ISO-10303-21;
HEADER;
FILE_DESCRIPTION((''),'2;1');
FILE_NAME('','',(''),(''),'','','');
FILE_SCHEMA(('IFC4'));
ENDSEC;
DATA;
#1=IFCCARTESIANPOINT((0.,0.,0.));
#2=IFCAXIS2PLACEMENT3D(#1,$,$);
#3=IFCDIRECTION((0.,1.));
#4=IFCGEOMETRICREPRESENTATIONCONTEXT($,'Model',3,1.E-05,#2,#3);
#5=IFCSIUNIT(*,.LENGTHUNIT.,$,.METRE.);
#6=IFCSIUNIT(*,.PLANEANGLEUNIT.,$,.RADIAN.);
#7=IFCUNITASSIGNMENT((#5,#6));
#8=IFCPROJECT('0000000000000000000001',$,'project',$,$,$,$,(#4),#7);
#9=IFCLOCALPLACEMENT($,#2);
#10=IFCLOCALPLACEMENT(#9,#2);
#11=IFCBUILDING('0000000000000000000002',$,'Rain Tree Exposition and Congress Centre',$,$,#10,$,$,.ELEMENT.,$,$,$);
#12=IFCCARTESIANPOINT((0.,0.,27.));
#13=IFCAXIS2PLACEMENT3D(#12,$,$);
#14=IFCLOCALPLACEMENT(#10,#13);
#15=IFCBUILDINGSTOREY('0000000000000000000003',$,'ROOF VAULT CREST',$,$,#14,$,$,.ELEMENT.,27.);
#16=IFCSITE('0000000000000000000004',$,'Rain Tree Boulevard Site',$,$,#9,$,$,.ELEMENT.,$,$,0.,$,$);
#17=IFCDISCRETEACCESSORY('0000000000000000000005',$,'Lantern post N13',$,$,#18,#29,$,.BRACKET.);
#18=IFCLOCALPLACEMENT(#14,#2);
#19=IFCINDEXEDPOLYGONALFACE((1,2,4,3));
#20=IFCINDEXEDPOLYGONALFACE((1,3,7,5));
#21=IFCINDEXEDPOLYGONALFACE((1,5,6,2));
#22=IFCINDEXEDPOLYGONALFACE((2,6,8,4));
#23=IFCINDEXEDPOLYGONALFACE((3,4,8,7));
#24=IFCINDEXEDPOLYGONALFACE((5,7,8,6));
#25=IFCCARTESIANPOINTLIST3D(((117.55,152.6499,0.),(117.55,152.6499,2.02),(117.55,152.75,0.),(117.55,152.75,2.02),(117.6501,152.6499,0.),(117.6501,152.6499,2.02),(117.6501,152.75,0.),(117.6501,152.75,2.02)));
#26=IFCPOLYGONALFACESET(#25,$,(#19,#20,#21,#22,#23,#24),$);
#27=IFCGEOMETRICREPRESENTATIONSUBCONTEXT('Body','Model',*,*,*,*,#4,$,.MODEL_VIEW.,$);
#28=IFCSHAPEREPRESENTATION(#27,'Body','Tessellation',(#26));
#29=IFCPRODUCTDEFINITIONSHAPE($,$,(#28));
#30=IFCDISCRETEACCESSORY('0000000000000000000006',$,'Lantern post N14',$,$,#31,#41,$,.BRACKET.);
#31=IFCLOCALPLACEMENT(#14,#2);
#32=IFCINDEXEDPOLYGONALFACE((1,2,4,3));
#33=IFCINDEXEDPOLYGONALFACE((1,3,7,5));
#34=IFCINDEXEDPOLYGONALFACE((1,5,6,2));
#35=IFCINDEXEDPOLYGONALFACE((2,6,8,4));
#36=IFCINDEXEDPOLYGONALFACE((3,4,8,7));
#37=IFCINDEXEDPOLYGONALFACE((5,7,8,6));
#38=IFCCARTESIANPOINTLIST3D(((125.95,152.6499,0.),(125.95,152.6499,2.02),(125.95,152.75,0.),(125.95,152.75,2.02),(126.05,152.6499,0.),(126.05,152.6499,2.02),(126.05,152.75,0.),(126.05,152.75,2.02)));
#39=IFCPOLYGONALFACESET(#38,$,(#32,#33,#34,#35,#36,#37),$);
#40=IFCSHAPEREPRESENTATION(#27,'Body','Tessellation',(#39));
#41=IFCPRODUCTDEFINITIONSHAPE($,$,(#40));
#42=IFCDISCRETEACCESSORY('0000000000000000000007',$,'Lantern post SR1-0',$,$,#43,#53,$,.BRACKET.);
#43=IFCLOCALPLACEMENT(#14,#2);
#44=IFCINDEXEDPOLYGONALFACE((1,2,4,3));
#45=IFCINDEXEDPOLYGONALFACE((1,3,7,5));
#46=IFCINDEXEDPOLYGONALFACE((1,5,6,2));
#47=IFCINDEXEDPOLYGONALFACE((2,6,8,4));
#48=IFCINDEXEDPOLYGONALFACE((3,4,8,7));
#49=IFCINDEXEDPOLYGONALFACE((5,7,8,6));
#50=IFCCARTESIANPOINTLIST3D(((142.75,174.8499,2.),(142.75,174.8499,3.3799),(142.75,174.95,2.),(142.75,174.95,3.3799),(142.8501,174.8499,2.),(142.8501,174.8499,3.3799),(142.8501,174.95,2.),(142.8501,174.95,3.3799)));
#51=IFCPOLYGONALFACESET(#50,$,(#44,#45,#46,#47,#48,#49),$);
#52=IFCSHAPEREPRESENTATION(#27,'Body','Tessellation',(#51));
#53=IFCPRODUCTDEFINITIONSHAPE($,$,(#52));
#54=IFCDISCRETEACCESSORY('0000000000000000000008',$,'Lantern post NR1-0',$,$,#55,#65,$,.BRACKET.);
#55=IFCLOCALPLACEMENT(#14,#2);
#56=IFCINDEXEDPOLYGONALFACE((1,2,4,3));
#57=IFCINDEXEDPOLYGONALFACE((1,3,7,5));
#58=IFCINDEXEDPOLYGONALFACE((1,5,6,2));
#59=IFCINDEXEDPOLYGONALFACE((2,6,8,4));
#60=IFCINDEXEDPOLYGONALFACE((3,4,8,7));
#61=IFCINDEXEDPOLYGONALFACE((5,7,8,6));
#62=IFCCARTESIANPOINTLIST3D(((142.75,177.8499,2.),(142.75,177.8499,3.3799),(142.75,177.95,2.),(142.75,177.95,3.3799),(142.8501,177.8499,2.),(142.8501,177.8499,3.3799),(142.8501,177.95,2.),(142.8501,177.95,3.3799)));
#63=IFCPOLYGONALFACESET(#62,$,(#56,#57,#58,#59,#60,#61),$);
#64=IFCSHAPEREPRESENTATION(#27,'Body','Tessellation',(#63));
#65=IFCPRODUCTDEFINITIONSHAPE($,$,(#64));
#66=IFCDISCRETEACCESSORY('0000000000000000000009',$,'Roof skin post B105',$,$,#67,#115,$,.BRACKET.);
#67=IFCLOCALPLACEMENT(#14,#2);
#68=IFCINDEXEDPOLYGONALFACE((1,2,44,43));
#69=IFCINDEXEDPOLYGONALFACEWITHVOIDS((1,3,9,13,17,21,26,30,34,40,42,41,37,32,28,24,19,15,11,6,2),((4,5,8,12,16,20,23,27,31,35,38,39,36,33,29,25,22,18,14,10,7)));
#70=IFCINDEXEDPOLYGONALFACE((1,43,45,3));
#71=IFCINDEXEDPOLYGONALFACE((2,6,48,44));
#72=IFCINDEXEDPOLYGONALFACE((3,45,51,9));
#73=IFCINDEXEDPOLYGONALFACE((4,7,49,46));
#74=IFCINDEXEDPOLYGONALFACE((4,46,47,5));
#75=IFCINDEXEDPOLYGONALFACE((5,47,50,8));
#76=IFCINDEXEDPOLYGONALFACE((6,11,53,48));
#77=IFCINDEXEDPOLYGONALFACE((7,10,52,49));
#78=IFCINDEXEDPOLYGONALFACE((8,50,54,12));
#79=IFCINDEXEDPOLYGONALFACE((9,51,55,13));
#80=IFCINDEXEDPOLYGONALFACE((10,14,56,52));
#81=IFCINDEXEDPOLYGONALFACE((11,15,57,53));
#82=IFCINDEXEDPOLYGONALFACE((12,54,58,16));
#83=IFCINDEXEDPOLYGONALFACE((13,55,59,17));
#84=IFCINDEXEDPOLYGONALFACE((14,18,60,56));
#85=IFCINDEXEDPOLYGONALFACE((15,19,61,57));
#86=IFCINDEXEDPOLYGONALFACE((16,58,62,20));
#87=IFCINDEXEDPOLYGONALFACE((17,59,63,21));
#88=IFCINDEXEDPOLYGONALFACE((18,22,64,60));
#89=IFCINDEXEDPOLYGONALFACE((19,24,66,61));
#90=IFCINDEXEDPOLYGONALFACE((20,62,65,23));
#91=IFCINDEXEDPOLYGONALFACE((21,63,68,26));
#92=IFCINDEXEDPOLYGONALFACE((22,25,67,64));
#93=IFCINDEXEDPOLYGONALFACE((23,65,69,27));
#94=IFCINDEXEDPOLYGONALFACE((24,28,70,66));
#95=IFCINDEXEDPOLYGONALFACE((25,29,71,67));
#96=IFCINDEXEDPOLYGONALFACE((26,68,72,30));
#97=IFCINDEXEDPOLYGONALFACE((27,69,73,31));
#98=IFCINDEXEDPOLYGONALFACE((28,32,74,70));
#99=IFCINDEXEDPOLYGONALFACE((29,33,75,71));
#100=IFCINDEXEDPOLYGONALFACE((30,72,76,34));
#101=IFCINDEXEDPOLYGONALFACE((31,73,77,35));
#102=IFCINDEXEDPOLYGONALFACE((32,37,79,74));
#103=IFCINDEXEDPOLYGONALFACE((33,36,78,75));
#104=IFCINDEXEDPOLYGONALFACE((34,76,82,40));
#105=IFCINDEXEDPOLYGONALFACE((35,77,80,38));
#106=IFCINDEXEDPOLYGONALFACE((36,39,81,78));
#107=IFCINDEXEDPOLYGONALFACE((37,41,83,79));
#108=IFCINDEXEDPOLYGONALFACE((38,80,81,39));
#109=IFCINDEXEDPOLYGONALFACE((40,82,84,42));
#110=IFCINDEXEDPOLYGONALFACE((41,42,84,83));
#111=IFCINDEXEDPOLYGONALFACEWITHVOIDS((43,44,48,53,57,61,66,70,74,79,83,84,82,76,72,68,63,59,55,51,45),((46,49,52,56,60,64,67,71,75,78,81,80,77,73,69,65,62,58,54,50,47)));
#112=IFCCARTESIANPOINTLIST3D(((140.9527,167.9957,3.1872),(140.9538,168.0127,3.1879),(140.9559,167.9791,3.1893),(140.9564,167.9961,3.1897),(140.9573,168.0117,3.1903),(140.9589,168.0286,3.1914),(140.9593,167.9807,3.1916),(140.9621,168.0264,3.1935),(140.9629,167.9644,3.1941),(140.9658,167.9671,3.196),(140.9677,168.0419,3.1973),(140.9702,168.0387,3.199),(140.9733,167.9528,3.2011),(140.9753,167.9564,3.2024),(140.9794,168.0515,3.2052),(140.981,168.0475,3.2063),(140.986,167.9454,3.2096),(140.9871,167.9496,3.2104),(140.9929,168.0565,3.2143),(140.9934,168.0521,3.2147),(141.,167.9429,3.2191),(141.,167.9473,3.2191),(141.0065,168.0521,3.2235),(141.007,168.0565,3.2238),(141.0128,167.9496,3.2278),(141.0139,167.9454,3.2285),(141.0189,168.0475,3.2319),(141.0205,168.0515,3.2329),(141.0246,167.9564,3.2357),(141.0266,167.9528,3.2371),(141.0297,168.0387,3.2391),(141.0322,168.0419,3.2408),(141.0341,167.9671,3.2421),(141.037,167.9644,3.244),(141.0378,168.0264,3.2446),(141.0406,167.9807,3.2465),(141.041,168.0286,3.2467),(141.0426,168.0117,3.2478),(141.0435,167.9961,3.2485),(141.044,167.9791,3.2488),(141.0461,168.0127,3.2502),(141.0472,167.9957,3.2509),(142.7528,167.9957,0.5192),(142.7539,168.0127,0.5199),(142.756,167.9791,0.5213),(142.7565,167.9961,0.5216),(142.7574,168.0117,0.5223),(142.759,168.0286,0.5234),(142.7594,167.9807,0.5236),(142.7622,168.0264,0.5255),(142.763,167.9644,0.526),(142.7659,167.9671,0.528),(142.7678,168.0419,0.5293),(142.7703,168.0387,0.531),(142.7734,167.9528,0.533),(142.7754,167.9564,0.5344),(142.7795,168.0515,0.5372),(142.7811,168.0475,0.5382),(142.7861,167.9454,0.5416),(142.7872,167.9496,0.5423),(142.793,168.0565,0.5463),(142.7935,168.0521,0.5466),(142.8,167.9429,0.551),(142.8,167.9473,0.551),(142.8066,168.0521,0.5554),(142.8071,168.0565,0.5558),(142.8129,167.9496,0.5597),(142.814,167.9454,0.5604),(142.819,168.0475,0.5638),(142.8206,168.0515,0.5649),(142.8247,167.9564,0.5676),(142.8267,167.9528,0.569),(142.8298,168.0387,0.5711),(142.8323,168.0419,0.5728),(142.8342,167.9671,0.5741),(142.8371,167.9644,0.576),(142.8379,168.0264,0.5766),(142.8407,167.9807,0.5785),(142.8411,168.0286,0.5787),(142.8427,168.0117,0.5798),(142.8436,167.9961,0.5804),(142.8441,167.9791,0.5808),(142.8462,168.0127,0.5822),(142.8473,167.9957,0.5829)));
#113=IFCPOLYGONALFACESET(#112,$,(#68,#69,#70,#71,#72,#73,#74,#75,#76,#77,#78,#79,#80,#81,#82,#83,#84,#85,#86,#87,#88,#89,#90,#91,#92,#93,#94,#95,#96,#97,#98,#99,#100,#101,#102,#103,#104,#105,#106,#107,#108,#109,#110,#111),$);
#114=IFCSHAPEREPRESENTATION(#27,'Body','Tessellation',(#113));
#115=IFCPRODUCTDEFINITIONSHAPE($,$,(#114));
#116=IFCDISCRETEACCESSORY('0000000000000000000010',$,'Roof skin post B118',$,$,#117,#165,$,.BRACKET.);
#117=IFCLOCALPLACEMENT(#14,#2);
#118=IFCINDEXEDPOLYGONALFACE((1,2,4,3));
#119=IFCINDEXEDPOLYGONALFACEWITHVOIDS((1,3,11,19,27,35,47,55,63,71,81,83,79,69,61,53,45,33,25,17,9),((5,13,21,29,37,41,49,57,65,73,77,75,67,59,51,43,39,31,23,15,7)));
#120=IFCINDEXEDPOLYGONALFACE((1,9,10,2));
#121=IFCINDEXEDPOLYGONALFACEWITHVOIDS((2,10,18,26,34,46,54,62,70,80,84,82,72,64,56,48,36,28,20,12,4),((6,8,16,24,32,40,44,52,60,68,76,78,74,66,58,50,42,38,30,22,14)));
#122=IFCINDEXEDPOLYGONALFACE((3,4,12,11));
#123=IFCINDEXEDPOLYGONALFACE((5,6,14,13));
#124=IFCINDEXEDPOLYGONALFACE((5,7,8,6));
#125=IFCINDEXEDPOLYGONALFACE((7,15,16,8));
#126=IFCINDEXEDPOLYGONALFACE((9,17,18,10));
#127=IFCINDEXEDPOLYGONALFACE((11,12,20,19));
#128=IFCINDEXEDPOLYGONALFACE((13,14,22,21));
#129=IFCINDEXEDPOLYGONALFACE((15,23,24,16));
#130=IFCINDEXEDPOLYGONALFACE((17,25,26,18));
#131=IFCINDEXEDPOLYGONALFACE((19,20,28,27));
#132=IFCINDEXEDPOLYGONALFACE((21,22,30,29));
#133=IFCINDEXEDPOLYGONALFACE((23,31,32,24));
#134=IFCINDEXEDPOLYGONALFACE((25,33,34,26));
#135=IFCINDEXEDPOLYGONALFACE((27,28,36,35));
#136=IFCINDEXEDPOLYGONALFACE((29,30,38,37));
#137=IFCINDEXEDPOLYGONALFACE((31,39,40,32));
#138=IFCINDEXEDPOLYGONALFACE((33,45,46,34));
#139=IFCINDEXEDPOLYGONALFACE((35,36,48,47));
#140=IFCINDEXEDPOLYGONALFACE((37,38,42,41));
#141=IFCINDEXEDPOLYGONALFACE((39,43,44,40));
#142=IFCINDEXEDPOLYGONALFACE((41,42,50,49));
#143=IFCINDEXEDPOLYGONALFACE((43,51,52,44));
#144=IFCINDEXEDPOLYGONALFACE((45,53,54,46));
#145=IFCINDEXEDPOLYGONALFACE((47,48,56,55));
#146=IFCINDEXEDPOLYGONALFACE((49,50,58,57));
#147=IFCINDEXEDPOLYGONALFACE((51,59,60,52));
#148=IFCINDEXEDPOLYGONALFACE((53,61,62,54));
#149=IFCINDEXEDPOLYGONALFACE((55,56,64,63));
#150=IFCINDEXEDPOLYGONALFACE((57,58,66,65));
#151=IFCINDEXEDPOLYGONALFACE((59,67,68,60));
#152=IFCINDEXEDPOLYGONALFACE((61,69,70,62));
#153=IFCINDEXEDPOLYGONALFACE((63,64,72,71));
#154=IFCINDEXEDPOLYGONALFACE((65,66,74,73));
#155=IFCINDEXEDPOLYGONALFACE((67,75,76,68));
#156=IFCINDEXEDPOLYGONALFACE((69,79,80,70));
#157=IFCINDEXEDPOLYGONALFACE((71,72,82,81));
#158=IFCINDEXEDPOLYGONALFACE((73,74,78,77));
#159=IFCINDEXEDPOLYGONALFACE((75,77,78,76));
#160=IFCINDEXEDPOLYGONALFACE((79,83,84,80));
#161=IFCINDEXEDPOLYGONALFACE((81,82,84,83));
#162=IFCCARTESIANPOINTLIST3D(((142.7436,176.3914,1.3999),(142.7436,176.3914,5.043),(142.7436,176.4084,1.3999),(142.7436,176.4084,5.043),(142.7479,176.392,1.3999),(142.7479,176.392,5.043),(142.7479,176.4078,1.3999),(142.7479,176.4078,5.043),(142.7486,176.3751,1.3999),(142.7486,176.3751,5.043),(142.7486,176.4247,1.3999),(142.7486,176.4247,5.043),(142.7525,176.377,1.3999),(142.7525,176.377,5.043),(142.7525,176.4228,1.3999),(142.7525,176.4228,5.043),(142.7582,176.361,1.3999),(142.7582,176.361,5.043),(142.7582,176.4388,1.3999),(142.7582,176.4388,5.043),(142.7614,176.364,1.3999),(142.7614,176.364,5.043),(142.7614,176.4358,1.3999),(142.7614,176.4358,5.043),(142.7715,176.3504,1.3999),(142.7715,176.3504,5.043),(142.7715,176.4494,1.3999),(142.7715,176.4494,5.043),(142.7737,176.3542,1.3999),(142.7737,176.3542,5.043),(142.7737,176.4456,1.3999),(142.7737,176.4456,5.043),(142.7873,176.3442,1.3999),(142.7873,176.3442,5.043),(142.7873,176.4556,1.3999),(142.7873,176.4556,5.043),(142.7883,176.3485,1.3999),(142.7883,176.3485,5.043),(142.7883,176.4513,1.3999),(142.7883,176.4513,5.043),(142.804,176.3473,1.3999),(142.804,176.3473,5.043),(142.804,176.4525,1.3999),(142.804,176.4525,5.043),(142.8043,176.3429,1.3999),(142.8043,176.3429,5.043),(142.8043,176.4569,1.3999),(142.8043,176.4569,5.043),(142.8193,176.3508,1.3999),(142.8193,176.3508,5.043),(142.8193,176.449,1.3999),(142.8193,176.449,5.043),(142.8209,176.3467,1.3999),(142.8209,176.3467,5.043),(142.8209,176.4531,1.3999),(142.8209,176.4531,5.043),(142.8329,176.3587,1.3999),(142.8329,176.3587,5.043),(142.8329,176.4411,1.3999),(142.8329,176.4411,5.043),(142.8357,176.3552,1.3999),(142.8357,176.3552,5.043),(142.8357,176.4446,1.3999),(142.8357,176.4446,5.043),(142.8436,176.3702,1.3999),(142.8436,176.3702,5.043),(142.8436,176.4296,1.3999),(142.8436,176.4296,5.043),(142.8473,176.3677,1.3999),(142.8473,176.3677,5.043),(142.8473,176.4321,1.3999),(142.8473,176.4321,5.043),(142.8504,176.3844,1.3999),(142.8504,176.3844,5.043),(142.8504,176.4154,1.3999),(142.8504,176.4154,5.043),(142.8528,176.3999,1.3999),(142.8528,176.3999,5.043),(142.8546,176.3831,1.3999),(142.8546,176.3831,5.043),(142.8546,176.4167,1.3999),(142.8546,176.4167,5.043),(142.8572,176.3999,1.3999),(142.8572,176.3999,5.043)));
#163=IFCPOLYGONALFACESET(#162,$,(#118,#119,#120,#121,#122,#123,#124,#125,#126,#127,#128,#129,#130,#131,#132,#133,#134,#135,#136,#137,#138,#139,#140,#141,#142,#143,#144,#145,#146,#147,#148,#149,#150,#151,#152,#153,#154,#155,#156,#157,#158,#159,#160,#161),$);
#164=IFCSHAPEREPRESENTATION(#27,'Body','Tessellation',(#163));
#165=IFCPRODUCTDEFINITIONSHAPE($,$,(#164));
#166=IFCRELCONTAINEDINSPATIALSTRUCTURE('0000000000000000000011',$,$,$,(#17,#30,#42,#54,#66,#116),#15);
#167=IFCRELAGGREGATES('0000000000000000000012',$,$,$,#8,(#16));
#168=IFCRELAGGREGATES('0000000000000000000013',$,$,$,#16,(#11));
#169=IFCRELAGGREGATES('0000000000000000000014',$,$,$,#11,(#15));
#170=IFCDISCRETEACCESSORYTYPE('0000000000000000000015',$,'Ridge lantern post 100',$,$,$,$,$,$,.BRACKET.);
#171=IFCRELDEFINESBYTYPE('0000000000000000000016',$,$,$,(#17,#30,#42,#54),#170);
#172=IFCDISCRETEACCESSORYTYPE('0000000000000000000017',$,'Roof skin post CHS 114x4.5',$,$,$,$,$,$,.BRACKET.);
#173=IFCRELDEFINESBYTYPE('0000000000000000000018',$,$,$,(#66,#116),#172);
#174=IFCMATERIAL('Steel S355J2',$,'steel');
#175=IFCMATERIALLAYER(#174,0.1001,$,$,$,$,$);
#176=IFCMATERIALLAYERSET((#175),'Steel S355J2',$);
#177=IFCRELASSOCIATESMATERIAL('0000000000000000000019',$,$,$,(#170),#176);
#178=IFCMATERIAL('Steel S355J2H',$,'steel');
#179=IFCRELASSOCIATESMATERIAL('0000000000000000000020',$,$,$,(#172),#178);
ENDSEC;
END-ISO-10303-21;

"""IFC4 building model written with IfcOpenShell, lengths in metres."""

from ifc_helpers import new_model, si_unit, direction, frame, origin, origin_2d, place, context, subcontext, project, spatial, rectangle, hollow_circle, extrude, material, layer, layer_set, material_profile, profile_set, type_object, element, save


model = new_model("IFC4")

# Units and contexts
model_context = context("Model", 3, precision=1e-05, world=origin(), true_north=direction((0.0, 1.0)))
body_context = subcontext(model_context, "Body", "Model", "MODEL_VIEW")
ifc_project = project(units=[si_unit("LENGTHUNIT", "METRE"), si_unit("PLANEANGLEUNIT", "RADIAN")], contexts=[model_context])

# Site, building, storey
site_placement = place(None, origin())
site = spatial("IfcSite", under=ifc_project, at=site_placement, Name="Rain Tree Boulevard Site", CompositionType="ELEMENT", RefElevation=0.0)
building_placement = place(site_placement, origin())
building = spatial("IfcBuilding", under=site, at=building_placement, Name="Rain Tree Exposition and Congress Centre", CompositionType="ELEMENT")
storey_placement = place(building_placement, frame((0.0, 0.0, 27.0)))
storey = spatial("IfcBuildingStorey", under=building, at=storey_placement, Name="ROOF VAULT CREST", CompositionType="ELEMENT", Elevation=27.0)

# Discrete accessories
ifc_material_1 = material(Name="Steel S355J2", Category="steel")
ifc_layer_1 = layer(ifc_material_1, 0.1001)
ifc_layer_set_1 = layer_set([ifc_layer_1], Name="Steel S355J2")
discrete_accessory_type_1 = type_object("IfcDiscreteAccessoryType", Name="Ridge lantern post 100", PredefinedType="BRACKET", material=ifc_layer_set_1)
for number, where, z_axis, x_axis, name in (
    (1, (117.6001, 152.7, 0.0), (0.0, 0.0, 1.0), (1.0, 0.0, 0.0), "Lantern post N13"),
    (2, (126.0, 152.7, 0.0), (0.0, 0.0, 1.0), (1.0, 0.0, 0.0), "Lantern post N14"),
):
    element("IfcDiscreteAccessory", number, at=place(storey_placement, frame(where, z_axis=z_axis, x_axis=x_axis)), inside=storey, type_object=discrete_accessory_type_1, Name=name, PredefinedType="BRACKET", context=body_context, shape_type="SweptSolid", body=[
        extrude(rectangle(XDim=0.1001, YDim=0.1001, at=origin_2d()), origin(), (0.0, 0.0, 1.0), 2.02),
    ])
for number, where, z_axis, x_axis, name in (
    (3, (142.8, 174.8999, 2.0), (0.0, 0.0, 1.0), (1.0, 0.0, 0.0), "Lantern post SR1-0"),
    (4, (142.8, 177.8999, 2.0), (0.0, 0.0, 1.0), (1.0, 0.0, 0.0), "Lantern post NR1-0"),
):
    element("IfcDiscreteAccessory", number, at=place(storey_placement, frame(where, z_axis=z_axis, x_axis=x_axis)), inside=storey, type_object=discrete_accessory_type_1, Name=name, PredefinedType="BRACKET", context=body_context, shape_type="SweptSolid", body=[
        extrude(rectangle(XDim=0.1001, YDim=0.1001, at=origin_2d()), origin(), (0.0, 0.0, 1.0), 1.3799),
    ])
ifc_material_2 = material(Name="Steel S355J2H", Category="steel")
ifc_material_profile_1 = material_profile(ifc_material_2, hollow_circle(Radius=0.0571, WallThickness=0.0044, at=origin_2d()), Name="CHS 114x4.5")
ifc_profile_set_1 = profile_set([ifc_material_profile_1], Name="Steel S355J2H")
discrete_accessory_type_2 = type_object("IfcDiscreteAccessoryType", Name="Roof skin post CHS 114x4.5", PredefinedType="BRACKET", material=ifc_profile_set_1)
discrete_accessory_1_placement = place(storey_placement, frame((142.8, 168.0, 0.551), z_axis=(-0.559296, 0.0, 0.828968), x_axis=(0.0, -1.0, 0.0)))
element("IfcDiscreteAccessory", 5, at=discrete_accessory_1_placement, inside=storey, type_object=discrete_accessory_type_2, Name="Roof skin post B105", PredefinedType="BRACKET", context=body_context, shape_type="SweptSolid", body=[
    extrude(hollow_circle(Radius=0.0571, WallThickness=0.0044, at=origin_2d()), origin(), (0.0, 0.0, 1.0), 3.2185),
])
discrete_accessory_2_placement = place(storey_placement, frame((142.8, 176.3999, 1.3999), z_axis=(0.0, 0.0, 1.0), x_axis=(1.0, 0.0, 0.0)))
element("IfcDiscreteAccessory", 6, at=discrete_accessory_2_placement, inside=storey, type_object=discrete_accessory_type_2, Name="Roof skin post B118", PredefinedType="BRACKET", context=body_context, shape_type="SweptSolid", body=[
    extrude(hollow_circle(Radius=0.0571, WallThickness=0.0044, at=origin_2d()), origin(), (0.0, 0.0, 1.0), 3.6431),
])

save(model, "model.ifc")
